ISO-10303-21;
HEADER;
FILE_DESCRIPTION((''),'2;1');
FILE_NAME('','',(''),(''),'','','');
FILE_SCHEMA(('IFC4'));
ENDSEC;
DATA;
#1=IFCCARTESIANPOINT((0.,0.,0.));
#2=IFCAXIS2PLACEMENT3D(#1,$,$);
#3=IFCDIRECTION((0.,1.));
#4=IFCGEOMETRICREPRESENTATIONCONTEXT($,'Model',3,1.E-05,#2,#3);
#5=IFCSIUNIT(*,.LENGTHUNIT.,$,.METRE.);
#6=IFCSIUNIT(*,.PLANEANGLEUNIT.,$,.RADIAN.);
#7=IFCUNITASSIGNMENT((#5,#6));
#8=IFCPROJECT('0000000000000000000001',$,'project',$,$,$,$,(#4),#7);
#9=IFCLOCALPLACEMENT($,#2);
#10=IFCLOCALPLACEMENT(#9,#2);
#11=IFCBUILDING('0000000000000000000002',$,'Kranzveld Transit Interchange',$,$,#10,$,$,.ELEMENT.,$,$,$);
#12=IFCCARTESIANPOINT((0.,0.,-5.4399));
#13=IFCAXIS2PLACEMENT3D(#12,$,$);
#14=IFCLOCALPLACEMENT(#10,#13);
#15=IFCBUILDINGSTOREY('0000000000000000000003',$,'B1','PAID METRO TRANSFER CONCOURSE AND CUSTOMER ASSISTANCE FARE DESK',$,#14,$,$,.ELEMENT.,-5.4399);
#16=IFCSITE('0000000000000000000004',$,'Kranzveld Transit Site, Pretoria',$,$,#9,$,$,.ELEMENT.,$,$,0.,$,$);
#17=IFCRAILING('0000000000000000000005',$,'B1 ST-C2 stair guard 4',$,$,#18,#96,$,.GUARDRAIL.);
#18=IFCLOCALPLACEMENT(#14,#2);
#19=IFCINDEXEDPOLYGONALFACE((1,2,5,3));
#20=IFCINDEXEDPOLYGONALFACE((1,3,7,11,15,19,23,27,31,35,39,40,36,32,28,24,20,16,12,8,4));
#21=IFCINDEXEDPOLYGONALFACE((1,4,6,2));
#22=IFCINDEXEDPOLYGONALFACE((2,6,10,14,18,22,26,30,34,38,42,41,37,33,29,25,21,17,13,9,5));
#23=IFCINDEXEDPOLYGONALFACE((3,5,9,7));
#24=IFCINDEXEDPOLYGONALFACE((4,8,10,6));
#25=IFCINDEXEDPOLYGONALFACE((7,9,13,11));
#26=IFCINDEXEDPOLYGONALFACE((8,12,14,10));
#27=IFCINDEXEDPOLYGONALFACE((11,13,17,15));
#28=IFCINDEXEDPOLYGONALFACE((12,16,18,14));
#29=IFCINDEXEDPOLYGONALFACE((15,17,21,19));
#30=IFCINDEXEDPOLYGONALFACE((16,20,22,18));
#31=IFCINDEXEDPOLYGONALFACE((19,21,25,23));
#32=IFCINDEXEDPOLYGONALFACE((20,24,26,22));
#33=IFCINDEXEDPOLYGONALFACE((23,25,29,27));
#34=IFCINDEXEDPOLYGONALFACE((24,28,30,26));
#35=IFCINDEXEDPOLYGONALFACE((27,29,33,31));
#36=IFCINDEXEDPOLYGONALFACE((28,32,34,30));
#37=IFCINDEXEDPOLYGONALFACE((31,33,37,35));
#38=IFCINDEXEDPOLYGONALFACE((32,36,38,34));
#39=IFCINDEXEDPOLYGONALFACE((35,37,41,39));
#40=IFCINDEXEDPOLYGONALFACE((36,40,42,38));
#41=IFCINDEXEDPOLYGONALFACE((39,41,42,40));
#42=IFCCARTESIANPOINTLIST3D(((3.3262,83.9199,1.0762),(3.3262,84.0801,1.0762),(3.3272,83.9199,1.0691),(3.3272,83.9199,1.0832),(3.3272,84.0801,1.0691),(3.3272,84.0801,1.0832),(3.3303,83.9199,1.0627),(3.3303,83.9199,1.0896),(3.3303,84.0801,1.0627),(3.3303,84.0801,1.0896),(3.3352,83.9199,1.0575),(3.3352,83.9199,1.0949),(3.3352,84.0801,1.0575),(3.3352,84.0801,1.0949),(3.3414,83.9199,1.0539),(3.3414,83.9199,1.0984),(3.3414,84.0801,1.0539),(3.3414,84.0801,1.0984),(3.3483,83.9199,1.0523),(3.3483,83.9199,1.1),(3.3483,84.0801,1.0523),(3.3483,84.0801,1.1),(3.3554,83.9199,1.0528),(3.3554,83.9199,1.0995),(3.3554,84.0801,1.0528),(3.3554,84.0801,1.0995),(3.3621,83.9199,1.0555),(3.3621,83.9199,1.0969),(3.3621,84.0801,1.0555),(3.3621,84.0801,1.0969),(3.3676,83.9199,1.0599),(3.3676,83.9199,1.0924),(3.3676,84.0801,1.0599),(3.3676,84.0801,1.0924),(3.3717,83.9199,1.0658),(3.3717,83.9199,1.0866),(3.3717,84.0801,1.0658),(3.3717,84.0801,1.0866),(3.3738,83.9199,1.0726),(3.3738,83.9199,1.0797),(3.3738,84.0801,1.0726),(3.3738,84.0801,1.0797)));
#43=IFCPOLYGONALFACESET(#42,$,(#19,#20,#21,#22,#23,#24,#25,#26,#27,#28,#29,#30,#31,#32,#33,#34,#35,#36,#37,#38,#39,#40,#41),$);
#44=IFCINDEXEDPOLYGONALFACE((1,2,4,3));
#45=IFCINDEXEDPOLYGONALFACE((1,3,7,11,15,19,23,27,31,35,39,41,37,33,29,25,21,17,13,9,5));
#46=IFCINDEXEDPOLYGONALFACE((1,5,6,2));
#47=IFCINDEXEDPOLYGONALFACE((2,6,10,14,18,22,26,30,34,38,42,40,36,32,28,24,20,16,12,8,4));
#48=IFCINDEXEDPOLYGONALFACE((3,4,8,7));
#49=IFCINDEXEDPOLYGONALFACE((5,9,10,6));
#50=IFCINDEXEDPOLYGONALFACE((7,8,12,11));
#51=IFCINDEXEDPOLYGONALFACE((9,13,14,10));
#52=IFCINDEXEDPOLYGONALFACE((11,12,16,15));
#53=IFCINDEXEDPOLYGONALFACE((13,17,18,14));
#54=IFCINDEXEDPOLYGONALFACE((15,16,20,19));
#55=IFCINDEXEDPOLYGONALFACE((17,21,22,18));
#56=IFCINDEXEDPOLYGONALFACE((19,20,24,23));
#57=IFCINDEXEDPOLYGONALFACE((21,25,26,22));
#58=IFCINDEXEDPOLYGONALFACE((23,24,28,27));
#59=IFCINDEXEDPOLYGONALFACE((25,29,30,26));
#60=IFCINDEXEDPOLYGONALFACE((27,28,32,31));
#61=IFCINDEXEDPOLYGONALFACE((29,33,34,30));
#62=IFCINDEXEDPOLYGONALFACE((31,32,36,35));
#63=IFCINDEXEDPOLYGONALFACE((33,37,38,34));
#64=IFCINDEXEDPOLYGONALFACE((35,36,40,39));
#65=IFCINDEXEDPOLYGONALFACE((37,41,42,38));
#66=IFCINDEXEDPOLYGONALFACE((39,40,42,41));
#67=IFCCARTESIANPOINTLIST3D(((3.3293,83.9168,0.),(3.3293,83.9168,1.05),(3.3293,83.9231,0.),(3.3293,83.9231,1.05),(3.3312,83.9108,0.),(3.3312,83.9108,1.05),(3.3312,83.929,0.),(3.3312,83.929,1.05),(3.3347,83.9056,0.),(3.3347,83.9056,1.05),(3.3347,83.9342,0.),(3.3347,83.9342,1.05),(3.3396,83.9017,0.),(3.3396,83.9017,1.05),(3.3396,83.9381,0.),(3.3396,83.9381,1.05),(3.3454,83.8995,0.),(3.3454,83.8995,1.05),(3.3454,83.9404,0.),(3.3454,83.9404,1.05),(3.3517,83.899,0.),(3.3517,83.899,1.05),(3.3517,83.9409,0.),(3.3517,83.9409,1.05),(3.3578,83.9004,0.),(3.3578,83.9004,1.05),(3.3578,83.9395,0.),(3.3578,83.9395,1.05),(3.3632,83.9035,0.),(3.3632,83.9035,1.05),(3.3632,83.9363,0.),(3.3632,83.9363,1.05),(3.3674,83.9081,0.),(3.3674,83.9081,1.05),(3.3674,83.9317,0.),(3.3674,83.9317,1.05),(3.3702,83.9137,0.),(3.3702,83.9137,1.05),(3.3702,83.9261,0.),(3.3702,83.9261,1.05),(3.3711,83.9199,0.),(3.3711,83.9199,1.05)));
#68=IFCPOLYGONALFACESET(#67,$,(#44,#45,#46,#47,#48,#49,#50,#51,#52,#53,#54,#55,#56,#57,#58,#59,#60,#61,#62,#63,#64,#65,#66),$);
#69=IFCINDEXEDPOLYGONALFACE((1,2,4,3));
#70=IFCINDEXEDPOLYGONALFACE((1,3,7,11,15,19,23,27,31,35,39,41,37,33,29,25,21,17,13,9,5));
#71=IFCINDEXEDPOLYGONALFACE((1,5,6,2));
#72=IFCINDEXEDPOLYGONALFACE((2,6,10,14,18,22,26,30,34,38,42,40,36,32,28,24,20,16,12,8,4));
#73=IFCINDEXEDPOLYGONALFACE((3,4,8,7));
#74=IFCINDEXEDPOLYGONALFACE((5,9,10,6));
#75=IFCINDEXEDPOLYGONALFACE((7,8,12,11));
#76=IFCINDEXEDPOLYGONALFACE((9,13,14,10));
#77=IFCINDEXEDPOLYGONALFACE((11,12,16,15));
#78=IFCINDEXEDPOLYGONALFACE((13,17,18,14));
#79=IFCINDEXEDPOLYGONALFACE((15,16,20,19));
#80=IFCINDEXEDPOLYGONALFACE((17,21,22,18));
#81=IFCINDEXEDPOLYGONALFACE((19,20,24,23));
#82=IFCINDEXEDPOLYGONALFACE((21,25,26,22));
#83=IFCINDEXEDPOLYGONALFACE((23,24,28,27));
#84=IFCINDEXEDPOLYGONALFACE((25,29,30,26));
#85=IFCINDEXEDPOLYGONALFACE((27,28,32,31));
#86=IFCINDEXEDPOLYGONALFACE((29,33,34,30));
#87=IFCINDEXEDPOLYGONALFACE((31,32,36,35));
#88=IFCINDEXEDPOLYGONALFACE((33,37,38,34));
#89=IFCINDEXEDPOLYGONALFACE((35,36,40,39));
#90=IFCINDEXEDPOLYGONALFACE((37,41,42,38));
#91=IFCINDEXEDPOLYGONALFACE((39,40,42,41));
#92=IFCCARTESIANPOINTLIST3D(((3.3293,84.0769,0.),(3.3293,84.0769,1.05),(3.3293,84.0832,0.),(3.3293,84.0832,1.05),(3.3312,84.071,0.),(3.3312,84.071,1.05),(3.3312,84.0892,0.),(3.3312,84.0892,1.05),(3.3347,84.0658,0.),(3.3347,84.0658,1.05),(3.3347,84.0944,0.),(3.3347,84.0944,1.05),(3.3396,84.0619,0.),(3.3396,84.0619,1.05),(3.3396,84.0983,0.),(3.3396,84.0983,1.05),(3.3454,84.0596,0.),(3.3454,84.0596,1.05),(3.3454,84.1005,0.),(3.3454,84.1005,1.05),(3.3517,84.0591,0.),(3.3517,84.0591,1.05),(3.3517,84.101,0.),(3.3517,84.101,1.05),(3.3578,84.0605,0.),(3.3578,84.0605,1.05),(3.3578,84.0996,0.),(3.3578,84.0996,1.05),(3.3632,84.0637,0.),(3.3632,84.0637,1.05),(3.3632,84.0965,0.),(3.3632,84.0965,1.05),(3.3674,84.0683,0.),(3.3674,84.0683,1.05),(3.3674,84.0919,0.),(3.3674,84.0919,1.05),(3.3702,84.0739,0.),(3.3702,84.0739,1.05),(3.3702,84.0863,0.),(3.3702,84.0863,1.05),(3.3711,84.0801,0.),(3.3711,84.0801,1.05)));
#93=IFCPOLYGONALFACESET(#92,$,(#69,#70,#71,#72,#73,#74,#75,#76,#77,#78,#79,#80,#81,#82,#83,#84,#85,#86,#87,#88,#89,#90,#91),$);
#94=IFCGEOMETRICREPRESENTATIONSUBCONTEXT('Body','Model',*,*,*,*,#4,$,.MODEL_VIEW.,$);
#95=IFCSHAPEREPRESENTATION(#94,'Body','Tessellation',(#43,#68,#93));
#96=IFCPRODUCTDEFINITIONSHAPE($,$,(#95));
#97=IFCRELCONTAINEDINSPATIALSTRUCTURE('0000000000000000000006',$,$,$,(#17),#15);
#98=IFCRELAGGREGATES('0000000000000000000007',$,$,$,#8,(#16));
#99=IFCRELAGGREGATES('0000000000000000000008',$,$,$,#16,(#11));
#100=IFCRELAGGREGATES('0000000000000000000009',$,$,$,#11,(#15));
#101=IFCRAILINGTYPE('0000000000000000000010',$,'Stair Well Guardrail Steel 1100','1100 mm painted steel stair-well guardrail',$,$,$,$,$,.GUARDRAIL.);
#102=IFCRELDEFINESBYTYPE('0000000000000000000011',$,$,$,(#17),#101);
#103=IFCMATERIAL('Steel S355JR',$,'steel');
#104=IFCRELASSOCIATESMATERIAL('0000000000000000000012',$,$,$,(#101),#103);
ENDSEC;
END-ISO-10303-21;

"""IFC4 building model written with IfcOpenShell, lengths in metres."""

from ifc_helpers import new_model, si_unit, direction, frame, origin, origin_2d, place, context, subcontext, project, spatial, circle, extrude, material, type_object, element, save


model = new_model("IFC4")

# Units and contexts
model_context = context("Model", 3, precision=1e-05, world=origin(), true_north=direction((0.0, 1.0)))
body_context = subcontext(model_context, "Body", "Model", "MODEL_VIEW")
ifc_project = project(units=[si_unit("LENGTHUNIT", "METRE"), si_unit("PLANEANGLEUNIT", "RADIAN")], contexts=[model_context])

# Site, building, storey
site_placement = place(None, origin())
site = spatial("IfcSite", under=ifc_project, at=site_placement, Name="Kranzveld Transit Site, Pretoria", CompositionType="ELEMENT", RefElevation=0.0)
building_placement = place(site_placement, origin())
building = spatial("IfcBuilding", under=site, at=building_placement, Name="Kranzveld Transit Interchange", CompositionType="ELEMENT")
storey_placement = place(building_placement, frame((0.0, 0.0, -5.4399)))
storey = spatial("IfcBuildingStorey", under=building, at=storey_placement, Name="B1", Description="PAID METRO TRANSFER CONCOURSE AND CUSTOMER ASSISTANCE FARE DESK", CompositionType="ELEMENT", Elevation=-5.4399)

# Railing
ifc_material_1 = material(Name="Steel S355JR", Category="steel")
railing_type_1 = type_object("IfcRailingType", Name="Stair Well Guardrail Steel 1100", Description="1100 mm painted steel stair-well guardrail", PredefinedType="GUARDRAIL", material=ifc_material_1)
railing_1_placement = place(storey_placement, frame((3.3501, 83.9199, 0.0)))
element("IfcRailing", 1, at=railing_1_placement, inside=storey, type_object=railing_type_1, Name="B1 ST-C2 stair guard 4", PredefinedType="GUARDRAIL", context=body_context, shape_type="SweptSolid", body=[
    extrude(circle(Radius=0.0239, at=origin_2d()), frame((0.0, 0.0, 1.0762), z_axis=(0.0, 1.0, 0.0), x_axis=(-1.0, 0.0, 0.0)), (0.0, 0.0, 1.0), 0.1602),
    extrude(circle(Radius=0.021, at=origin_2d()), origin(), (0.0, 0.0, 1.0), 1.05),
    extrude(circle(Radius=0.021, at=origin_2d()), frame((0.0, 0.1602, 0.0)), (0.0, 0.0, 1.0), 1.05),
])

save(model, "model.ifc")
